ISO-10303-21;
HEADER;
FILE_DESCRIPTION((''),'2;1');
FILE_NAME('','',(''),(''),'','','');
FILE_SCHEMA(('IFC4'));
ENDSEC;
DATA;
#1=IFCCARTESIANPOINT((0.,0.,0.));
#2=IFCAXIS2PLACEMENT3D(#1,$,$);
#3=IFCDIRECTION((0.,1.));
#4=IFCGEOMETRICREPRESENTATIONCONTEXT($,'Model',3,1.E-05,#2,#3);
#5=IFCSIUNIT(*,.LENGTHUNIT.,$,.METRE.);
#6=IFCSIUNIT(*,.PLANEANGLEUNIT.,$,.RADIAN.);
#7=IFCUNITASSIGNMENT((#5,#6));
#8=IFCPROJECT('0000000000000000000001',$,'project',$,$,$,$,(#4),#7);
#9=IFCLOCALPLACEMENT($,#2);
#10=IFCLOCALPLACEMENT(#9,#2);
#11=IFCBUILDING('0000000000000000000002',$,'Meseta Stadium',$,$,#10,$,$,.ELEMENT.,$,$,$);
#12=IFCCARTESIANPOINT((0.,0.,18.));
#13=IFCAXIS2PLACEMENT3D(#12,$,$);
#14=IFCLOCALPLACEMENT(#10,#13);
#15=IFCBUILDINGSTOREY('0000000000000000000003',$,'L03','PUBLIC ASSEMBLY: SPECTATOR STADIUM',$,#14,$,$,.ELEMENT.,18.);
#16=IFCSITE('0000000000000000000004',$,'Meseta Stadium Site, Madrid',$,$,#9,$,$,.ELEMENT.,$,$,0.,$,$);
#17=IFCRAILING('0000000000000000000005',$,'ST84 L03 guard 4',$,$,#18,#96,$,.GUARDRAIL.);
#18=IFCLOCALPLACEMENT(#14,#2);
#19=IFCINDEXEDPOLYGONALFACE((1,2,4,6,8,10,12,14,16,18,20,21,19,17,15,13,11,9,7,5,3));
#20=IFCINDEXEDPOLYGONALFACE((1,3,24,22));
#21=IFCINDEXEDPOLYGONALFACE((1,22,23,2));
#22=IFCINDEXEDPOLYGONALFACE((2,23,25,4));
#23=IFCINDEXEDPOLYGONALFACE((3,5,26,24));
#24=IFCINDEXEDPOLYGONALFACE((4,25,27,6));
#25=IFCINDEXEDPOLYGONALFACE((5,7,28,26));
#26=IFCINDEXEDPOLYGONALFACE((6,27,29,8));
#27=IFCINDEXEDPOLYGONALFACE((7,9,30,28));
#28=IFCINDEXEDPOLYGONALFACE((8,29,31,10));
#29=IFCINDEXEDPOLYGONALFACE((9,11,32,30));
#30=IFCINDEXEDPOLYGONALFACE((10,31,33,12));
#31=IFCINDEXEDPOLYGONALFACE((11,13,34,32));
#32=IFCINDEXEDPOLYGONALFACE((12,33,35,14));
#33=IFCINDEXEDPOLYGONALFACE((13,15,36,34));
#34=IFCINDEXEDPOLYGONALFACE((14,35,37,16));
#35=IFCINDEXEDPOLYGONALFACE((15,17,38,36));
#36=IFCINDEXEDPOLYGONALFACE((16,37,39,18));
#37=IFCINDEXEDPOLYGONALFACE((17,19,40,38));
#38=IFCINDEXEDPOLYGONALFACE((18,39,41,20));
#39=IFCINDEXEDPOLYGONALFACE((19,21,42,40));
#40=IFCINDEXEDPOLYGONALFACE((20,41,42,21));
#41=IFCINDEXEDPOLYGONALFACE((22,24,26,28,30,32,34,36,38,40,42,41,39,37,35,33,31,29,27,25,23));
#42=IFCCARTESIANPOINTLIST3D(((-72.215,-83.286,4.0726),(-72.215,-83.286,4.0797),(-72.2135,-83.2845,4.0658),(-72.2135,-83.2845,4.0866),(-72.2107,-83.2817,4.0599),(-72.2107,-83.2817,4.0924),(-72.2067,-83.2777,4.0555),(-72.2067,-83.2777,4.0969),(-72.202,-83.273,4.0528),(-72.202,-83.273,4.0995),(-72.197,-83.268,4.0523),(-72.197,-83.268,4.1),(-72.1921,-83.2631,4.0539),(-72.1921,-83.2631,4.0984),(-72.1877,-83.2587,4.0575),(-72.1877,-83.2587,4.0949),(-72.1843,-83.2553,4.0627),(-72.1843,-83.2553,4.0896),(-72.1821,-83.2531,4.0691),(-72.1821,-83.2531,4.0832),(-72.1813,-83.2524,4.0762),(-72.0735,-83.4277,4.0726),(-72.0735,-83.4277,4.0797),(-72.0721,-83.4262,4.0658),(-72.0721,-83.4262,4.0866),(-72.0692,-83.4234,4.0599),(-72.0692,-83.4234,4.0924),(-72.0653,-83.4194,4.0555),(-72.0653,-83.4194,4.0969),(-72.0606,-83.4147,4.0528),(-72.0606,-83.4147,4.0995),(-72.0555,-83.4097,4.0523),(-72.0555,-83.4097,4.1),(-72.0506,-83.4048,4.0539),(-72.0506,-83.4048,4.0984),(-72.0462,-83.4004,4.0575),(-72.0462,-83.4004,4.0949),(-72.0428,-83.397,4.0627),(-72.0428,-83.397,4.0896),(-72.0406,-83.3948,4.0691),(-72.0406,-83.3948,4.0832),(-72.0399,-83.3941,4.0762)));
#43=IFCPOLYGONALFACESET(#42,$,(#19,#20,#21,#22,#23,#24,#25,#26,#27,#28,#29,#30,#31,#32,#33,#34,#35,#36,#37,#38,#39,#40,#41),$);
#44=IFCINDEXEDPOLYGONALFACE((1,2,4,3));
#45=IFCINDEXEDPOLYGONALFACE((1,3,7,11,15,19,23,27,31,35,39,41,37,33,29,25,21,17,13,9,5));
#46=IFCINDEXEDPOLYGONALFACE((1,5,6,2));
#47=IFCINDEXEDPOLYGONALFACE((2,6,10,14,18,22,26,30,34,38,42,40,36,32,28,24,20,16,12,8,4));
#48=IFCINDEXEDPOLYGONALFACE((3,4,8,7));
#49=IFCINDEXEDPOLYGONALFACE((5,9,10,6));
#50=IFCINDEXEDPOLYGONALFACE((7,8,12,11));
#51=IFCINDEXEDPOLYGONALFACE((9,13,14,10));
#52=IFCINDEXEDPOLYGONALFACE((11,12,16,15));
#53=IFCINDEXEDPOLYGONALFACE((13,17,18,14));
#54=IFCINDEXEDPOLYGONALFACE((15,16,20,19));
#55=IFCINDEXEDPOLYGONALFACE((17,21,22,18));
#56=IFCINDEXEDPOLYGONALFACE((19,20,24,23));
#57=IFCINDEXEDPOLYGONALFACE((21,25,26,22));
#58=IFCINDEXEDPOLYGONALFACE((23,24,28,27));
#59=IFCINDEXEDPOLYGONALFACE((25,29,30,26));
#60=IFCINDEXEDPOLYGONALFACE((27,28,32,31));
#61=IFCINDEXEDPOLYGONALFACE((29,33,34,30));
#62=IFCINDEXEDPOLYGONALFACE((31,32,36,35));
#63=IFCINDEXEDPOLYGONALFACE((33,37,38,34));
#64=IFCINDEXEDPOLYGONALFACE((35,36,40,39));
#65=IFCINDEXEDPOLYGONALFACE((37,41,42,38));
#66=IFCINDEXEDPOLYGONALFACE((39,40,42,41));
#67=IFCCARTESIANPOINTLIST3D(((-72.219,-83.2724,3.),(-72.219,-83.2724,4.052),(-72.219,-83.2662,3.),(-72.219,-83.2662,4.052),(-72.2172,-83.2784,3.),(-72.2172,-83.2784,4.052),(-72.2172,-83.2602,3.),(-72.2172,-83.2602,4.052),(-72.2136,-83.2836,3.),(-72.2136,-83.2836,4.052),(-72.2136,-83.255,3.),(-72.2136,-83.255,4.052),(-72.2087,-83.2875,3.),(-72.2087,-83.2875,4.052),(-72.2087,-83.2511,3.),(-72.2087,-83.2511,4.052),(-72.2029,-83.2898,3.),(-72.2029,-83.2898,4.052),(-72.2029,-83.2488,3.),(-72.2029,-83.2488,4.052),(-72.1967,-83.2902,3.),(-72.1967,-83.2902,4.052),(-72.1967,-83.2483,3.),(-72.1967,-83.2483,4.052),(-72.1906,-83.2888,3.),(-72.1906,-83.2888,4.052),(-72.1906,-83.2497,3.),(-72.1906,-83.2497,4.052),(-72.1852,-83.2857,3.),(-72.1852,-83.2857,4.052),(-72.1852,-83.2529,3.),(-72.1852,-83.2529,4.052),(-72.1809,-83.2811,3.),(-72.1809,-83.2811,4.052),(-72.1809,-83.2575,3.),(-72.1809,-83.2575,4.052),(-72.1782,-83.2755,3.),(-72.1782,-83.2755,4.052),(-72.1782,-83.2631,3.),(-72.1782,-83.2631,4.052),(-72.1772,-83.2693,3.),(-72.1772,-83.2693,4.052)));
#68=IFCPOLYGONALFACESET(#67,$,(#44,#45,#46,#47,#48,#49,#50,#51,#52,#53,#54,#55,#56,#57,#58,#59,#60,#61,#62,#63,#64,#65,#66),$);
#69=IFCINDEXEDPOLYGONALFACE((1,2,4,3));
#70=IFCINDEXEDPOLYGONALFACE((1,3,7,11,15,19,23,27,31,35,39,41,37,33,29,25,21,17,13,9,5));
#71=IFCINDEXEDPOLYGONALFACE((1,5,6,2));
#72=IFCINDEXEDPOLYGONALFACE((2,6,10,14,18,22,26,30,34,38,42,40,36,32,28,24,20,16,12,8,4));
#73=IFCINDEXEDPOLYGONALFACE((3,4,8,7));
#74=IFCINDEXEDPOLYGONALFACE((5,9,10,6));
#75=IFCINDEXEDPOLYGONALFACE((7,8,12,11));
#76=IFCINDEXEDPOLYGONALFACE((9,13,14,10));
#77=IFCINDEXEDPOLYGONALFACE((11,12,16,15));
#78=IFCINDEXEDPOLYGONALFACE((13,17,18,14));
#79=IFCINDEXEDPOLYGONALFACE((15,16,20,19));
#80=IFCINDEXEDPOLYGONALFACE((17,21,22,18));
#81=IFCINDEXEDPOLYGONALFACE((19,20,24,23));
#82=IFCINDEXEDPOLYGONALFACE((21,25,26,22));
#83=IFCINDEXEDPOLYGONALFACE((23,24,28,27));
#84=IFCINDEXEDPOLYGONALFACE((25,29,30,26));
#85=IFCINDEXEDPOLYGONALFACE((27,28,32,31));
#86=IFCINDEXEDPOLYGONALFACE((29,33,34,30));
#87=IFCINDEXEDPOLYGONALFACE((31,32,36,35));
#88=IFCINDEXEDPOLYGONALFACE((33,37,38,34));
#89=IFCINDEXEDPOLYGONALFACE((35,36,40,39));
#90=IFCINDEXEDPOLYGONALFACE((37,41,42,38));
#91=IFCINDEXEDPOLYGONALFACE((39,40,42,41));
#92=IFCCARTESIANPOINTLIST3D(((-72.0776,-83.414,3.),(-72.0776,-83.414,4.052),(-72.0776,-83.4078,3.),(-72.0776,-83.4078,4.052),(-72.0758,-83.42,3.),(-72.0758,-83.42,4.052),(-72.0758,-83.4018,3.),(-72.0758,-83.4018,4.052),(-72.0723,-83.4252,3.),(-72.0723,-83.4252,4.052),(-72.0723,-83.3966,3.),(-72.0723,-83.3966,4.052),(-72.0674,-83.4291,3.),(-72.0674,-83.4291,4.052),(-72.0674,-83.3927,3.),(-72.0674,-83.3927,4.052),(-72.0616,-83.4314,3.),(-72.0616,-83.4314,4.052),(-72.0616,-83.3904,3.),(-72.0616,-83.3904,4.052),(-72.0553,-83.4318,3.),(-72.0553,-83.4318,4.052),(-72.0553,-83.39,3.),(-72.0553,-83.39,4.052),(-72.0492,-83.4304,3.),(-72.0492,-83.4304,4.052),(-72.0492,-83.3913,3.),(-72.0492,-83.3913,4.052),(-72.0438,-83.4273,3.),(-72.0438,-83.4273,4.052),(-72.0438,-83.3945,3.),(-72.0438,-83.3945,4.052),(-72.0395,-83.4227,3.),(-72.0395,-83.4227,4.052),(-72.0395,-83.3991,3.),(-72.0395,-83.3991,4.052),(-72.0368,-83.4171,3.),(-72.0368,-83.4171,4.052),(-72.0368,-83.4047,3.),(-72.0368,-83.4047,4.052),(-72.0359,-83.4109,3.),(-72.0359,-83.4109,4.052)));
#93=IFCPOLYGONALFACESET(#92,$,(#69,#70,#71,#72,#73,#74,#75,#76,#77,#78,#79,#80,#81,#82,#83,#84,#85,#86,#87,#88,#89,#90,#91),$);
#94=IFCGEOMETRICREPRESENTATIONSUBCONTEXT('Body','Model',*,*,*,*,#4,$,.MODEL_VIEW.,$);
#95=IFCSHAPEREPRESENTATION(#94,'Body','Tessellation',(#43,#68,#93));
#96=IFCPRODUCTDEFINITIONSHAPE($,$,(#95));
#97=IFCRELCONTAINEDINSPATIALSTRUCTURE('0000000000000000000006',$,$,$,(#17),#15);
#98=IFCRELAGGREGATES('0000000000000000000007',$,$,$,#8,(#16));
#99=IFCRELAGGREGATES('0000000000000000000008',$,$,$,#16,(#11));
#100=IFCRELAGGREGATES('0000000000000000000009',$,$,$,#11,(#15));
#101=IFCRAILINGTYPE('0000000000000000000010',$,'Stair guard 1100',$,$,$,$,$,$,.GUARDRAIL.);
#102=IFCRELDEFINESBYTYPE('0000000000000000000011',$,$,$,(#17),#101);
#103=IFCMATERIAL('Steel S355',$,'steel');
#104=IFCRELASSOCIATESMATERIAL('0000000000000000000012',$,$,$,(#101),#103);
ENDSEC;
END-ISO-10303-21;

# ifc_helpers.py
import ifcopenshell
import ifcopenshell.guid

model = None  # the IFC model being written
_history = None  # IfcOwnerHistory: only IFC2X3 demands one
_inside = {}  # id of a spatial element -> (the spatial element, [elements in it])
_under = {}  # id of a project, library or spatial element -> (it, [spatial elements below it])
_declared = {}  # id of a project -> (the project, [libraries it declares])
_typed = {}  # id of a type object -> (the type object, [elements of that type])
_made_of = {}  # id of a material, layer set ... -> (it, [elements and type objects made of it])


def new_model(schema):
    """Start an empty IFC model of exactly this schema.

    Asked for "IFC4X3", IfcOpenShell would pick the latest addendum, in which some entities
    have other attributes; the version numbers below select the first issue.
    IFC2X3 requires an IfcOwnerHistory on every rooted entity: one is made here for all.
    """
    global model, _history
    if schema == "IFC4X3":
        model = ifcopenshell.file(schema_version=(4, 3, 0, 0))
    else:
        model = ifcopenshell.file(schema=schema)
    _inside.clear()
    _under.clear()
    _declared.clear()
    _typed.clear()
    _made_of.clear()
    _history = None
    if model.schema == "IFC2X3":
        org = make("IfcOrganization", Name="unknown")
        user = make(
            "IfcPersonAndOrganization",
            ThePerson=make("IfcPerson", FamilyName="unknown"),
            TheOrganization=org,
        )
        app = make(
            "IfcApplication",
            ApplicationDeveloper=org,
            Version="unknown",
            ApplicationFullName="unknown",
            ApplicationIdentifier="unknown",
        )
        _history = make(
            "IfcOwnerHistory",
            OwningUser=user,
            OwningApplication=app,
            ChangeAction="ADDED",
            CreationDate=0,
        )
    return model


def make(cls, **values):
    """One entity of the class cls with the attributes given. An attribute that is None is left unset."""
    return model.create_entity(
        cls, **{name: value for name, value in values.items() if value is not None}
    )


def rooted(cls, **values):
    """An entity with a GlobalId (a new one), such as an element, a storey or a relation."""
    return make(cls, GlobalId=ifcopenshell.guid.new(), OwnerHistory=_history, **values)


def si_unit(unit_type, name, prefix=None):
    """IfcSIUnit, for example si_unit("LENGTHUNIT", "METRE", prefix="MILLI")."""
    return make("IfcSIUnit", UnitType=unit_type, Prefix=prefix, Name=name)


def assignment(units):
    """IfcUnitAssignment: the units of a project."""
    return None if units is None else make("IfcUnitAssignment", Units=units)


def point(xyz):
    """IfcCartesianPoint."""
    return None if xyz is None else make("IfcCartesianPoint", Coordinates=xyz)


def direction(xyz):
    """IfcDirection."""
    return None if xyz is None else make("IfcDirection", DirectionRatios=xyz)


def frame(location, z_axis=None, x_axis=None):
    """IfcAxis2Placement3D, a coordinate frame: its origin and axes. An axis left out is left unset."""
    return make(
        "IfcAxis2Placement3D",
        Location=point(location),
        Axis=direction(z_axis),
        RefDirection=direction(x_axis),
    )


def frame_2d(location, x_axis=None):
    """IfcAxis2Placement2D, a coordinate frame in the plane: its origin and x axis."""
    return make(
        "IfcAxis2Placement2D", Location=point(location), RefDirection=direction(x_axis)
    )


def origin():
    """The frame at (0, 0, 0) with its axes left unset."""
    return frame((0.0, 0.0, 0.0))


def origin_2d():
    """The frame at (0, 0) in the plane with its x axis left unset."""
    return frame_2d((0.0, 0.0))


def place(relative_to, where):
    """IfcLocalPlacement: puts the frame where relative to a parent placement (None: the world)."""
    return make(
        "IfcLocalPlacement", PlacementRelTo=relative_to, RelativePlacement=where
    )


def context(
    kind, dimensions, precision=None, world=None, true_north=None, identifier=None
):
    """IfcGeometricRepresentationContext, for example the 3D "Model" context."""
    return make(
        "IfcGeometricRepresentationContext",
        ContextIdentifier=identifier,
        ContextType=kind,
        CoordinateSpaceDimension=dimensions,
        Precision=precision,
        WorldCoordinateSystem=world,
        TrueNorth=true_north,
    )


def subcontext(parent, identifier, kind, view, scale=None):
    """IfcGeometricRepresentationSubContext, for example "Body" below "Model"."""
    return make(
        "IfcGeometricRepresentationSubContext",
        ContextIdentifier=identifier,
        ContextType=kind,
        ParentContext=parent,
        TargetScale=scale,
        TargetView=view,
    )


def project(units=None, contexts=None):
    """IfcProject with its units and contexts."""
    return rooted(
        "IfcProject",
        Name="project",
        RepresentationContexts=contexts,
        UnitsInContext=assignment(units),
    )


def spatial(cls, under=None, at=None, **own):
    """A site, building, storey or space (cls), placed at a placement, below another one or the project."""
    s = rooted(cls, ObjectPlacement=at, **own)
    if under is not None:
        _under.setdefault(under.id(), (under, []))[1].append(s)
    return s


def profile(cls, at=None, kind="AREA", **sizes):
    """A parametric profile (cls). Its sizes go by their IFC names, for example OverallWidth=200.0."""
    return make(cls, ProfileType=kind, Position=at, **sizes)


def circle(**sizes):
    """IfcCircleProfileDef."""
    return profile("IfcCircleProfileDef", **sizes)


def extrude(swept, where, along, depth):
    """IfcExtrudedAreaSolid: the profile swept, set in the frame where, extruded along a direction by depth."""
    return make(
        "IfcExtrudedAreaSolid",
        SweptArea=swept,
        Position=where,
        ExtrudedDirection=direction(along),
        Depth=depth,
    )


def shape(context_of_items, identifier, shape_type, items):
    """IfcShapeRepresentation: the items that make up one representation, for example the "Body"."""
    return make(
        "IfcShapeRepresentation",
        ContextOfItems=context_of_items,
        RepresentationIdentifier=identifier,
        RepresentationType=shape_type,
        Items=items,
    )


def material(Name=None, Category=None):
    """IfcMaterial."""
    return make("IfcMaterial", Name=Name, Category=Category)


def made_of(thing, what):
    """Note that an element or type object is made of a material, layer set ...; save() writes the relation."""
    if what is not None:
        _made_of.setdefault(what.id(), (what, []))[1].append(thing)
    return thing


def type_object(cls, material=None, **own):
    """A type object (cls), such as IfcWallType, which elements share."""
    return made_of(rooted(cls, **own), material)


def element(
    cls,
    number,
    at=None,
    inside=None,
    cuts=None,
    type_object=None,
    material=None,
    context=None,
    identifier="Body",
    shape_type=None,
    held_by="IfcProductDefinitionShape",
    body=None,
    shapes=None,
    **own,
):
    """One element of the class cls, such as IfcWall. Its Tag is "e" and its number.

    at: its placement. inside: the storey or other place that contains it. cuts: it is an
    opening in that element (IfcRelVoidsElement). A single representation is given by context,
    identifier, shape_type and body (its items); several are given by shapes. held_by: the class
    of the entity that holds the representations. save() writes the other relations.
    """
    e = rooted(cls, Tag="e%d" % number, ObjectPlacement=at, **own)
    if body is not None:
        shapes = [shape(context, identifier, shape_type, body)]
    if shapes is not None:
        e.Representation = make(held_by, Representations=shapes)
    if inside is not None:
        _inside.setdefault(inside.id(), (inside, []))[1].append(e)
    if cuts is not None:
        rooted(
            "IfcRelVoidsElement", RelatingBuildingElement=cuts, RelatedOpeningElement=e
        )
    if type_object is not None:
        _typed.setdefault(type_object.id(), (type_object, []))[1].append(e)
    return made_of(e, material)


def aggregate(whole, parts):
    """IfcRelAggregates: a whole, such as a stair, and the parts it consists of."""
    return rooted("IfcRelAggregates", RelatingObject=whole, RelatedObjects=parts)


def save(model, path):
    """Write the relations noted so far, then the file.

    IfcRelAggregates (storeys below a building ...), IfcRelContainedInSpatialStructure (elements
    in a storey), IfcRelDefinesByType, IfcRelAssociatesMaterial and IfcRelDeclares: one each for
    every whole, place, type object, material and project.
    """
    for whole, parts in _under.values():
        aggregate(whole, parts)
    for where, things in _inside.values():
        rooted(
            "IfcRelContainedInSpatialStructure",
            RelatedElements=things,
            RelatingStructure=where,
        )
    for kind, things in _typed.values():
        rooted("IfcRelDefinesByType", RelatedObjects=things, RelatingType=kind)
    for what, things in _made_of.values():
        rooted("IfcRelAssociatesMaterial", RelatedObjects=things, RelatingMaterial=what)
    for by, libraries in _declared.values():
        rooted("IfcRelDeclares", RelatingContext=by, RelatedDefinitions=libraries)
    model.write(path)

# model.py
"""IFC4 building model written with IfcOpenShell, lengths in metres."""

from ifc_helpers import new_model, si_unit, direction, frame, origin, origin_2d, place, context, subcontext, project, spatial, circle, extrude, material, type_object, element, save


model = new_model("IFC4")

# Units and contexts
model_context = context("Model", 3, precision=1e-05, world=origin(), true_north=direction((0.0, 1.0)))
body_context = subcontext(model_context, "Body", "Model", "MODEL_VIEW")
ifc_project = project(units=[si_unit("LENGTHUNIT", "METRE"), si_unit("PLANEANGLEUNIT", "RADIAN")], contexts=[model_context])

# Site, building, storey
site_placement = place(None, origin())
site = spatial("IfcSite", under=ifc_project, at=site_placement, Name="Meseta Stadium Site, Madrid", CompositionType="ELEMENT", RefElevation=0.0)
building_placement = place(site_placement, origin())
building = spatial("IfcBuilding", under=site, at=building_placement, Name="Meseta Stadium", CompositionType="ELEMENT")
storey_placement = place(building_placement, frame((0.0, 0.0, 18.0)))
storey = spatial("IfcBuildingStorey", under=building, at=storey_placement, Name="L03", Description="PUBLIC ASSEMBLY: SPECTATOR STADIUM", CompositionType="ELEMENT", Elevation=18.0)

# Railing
ifc_material_1 = material(Name="Steel S355", Category="steel")
railing_type_1 = type_object("IfcRailingType", Name="Stair guard 1100", PredefinedType="GUARDRAIL", material=ifc_material_1)
railing_1_placement = place(storey_placement, frame((-72.1982, -83.2693, 3.0)))
element("IfcRailing", 1, at=railing_1_placement, inside=storey, type_object=railing_type_1, Name="ST84 L03 guard 4", PredefinedType="GUARDRAIL", context=body_context, shape_type="SweptSolid", body=[
    extrude(circle(Radius=0.0239, at=origin_2d()), frame((0.0, 0.0, 1.0762), z_axis=(0.706496, -0.707717, 0.0), x_axis=(0.707717, 0.706496, 0.0)), (0.0, 0.0, 1.0), 0.2002),
    extrude(circle(Radius=0.021, at=origin_2d()), origin(), (0.0, 0.0, 1.0), 1.052),
    extrude(circle(Radius=0.021, at=origin_2d()), frame((0.1414, -0.1416, 0.0)), (0.0, 0.0, 1.0), 1.052),
])

save(model, "model.ifc")
